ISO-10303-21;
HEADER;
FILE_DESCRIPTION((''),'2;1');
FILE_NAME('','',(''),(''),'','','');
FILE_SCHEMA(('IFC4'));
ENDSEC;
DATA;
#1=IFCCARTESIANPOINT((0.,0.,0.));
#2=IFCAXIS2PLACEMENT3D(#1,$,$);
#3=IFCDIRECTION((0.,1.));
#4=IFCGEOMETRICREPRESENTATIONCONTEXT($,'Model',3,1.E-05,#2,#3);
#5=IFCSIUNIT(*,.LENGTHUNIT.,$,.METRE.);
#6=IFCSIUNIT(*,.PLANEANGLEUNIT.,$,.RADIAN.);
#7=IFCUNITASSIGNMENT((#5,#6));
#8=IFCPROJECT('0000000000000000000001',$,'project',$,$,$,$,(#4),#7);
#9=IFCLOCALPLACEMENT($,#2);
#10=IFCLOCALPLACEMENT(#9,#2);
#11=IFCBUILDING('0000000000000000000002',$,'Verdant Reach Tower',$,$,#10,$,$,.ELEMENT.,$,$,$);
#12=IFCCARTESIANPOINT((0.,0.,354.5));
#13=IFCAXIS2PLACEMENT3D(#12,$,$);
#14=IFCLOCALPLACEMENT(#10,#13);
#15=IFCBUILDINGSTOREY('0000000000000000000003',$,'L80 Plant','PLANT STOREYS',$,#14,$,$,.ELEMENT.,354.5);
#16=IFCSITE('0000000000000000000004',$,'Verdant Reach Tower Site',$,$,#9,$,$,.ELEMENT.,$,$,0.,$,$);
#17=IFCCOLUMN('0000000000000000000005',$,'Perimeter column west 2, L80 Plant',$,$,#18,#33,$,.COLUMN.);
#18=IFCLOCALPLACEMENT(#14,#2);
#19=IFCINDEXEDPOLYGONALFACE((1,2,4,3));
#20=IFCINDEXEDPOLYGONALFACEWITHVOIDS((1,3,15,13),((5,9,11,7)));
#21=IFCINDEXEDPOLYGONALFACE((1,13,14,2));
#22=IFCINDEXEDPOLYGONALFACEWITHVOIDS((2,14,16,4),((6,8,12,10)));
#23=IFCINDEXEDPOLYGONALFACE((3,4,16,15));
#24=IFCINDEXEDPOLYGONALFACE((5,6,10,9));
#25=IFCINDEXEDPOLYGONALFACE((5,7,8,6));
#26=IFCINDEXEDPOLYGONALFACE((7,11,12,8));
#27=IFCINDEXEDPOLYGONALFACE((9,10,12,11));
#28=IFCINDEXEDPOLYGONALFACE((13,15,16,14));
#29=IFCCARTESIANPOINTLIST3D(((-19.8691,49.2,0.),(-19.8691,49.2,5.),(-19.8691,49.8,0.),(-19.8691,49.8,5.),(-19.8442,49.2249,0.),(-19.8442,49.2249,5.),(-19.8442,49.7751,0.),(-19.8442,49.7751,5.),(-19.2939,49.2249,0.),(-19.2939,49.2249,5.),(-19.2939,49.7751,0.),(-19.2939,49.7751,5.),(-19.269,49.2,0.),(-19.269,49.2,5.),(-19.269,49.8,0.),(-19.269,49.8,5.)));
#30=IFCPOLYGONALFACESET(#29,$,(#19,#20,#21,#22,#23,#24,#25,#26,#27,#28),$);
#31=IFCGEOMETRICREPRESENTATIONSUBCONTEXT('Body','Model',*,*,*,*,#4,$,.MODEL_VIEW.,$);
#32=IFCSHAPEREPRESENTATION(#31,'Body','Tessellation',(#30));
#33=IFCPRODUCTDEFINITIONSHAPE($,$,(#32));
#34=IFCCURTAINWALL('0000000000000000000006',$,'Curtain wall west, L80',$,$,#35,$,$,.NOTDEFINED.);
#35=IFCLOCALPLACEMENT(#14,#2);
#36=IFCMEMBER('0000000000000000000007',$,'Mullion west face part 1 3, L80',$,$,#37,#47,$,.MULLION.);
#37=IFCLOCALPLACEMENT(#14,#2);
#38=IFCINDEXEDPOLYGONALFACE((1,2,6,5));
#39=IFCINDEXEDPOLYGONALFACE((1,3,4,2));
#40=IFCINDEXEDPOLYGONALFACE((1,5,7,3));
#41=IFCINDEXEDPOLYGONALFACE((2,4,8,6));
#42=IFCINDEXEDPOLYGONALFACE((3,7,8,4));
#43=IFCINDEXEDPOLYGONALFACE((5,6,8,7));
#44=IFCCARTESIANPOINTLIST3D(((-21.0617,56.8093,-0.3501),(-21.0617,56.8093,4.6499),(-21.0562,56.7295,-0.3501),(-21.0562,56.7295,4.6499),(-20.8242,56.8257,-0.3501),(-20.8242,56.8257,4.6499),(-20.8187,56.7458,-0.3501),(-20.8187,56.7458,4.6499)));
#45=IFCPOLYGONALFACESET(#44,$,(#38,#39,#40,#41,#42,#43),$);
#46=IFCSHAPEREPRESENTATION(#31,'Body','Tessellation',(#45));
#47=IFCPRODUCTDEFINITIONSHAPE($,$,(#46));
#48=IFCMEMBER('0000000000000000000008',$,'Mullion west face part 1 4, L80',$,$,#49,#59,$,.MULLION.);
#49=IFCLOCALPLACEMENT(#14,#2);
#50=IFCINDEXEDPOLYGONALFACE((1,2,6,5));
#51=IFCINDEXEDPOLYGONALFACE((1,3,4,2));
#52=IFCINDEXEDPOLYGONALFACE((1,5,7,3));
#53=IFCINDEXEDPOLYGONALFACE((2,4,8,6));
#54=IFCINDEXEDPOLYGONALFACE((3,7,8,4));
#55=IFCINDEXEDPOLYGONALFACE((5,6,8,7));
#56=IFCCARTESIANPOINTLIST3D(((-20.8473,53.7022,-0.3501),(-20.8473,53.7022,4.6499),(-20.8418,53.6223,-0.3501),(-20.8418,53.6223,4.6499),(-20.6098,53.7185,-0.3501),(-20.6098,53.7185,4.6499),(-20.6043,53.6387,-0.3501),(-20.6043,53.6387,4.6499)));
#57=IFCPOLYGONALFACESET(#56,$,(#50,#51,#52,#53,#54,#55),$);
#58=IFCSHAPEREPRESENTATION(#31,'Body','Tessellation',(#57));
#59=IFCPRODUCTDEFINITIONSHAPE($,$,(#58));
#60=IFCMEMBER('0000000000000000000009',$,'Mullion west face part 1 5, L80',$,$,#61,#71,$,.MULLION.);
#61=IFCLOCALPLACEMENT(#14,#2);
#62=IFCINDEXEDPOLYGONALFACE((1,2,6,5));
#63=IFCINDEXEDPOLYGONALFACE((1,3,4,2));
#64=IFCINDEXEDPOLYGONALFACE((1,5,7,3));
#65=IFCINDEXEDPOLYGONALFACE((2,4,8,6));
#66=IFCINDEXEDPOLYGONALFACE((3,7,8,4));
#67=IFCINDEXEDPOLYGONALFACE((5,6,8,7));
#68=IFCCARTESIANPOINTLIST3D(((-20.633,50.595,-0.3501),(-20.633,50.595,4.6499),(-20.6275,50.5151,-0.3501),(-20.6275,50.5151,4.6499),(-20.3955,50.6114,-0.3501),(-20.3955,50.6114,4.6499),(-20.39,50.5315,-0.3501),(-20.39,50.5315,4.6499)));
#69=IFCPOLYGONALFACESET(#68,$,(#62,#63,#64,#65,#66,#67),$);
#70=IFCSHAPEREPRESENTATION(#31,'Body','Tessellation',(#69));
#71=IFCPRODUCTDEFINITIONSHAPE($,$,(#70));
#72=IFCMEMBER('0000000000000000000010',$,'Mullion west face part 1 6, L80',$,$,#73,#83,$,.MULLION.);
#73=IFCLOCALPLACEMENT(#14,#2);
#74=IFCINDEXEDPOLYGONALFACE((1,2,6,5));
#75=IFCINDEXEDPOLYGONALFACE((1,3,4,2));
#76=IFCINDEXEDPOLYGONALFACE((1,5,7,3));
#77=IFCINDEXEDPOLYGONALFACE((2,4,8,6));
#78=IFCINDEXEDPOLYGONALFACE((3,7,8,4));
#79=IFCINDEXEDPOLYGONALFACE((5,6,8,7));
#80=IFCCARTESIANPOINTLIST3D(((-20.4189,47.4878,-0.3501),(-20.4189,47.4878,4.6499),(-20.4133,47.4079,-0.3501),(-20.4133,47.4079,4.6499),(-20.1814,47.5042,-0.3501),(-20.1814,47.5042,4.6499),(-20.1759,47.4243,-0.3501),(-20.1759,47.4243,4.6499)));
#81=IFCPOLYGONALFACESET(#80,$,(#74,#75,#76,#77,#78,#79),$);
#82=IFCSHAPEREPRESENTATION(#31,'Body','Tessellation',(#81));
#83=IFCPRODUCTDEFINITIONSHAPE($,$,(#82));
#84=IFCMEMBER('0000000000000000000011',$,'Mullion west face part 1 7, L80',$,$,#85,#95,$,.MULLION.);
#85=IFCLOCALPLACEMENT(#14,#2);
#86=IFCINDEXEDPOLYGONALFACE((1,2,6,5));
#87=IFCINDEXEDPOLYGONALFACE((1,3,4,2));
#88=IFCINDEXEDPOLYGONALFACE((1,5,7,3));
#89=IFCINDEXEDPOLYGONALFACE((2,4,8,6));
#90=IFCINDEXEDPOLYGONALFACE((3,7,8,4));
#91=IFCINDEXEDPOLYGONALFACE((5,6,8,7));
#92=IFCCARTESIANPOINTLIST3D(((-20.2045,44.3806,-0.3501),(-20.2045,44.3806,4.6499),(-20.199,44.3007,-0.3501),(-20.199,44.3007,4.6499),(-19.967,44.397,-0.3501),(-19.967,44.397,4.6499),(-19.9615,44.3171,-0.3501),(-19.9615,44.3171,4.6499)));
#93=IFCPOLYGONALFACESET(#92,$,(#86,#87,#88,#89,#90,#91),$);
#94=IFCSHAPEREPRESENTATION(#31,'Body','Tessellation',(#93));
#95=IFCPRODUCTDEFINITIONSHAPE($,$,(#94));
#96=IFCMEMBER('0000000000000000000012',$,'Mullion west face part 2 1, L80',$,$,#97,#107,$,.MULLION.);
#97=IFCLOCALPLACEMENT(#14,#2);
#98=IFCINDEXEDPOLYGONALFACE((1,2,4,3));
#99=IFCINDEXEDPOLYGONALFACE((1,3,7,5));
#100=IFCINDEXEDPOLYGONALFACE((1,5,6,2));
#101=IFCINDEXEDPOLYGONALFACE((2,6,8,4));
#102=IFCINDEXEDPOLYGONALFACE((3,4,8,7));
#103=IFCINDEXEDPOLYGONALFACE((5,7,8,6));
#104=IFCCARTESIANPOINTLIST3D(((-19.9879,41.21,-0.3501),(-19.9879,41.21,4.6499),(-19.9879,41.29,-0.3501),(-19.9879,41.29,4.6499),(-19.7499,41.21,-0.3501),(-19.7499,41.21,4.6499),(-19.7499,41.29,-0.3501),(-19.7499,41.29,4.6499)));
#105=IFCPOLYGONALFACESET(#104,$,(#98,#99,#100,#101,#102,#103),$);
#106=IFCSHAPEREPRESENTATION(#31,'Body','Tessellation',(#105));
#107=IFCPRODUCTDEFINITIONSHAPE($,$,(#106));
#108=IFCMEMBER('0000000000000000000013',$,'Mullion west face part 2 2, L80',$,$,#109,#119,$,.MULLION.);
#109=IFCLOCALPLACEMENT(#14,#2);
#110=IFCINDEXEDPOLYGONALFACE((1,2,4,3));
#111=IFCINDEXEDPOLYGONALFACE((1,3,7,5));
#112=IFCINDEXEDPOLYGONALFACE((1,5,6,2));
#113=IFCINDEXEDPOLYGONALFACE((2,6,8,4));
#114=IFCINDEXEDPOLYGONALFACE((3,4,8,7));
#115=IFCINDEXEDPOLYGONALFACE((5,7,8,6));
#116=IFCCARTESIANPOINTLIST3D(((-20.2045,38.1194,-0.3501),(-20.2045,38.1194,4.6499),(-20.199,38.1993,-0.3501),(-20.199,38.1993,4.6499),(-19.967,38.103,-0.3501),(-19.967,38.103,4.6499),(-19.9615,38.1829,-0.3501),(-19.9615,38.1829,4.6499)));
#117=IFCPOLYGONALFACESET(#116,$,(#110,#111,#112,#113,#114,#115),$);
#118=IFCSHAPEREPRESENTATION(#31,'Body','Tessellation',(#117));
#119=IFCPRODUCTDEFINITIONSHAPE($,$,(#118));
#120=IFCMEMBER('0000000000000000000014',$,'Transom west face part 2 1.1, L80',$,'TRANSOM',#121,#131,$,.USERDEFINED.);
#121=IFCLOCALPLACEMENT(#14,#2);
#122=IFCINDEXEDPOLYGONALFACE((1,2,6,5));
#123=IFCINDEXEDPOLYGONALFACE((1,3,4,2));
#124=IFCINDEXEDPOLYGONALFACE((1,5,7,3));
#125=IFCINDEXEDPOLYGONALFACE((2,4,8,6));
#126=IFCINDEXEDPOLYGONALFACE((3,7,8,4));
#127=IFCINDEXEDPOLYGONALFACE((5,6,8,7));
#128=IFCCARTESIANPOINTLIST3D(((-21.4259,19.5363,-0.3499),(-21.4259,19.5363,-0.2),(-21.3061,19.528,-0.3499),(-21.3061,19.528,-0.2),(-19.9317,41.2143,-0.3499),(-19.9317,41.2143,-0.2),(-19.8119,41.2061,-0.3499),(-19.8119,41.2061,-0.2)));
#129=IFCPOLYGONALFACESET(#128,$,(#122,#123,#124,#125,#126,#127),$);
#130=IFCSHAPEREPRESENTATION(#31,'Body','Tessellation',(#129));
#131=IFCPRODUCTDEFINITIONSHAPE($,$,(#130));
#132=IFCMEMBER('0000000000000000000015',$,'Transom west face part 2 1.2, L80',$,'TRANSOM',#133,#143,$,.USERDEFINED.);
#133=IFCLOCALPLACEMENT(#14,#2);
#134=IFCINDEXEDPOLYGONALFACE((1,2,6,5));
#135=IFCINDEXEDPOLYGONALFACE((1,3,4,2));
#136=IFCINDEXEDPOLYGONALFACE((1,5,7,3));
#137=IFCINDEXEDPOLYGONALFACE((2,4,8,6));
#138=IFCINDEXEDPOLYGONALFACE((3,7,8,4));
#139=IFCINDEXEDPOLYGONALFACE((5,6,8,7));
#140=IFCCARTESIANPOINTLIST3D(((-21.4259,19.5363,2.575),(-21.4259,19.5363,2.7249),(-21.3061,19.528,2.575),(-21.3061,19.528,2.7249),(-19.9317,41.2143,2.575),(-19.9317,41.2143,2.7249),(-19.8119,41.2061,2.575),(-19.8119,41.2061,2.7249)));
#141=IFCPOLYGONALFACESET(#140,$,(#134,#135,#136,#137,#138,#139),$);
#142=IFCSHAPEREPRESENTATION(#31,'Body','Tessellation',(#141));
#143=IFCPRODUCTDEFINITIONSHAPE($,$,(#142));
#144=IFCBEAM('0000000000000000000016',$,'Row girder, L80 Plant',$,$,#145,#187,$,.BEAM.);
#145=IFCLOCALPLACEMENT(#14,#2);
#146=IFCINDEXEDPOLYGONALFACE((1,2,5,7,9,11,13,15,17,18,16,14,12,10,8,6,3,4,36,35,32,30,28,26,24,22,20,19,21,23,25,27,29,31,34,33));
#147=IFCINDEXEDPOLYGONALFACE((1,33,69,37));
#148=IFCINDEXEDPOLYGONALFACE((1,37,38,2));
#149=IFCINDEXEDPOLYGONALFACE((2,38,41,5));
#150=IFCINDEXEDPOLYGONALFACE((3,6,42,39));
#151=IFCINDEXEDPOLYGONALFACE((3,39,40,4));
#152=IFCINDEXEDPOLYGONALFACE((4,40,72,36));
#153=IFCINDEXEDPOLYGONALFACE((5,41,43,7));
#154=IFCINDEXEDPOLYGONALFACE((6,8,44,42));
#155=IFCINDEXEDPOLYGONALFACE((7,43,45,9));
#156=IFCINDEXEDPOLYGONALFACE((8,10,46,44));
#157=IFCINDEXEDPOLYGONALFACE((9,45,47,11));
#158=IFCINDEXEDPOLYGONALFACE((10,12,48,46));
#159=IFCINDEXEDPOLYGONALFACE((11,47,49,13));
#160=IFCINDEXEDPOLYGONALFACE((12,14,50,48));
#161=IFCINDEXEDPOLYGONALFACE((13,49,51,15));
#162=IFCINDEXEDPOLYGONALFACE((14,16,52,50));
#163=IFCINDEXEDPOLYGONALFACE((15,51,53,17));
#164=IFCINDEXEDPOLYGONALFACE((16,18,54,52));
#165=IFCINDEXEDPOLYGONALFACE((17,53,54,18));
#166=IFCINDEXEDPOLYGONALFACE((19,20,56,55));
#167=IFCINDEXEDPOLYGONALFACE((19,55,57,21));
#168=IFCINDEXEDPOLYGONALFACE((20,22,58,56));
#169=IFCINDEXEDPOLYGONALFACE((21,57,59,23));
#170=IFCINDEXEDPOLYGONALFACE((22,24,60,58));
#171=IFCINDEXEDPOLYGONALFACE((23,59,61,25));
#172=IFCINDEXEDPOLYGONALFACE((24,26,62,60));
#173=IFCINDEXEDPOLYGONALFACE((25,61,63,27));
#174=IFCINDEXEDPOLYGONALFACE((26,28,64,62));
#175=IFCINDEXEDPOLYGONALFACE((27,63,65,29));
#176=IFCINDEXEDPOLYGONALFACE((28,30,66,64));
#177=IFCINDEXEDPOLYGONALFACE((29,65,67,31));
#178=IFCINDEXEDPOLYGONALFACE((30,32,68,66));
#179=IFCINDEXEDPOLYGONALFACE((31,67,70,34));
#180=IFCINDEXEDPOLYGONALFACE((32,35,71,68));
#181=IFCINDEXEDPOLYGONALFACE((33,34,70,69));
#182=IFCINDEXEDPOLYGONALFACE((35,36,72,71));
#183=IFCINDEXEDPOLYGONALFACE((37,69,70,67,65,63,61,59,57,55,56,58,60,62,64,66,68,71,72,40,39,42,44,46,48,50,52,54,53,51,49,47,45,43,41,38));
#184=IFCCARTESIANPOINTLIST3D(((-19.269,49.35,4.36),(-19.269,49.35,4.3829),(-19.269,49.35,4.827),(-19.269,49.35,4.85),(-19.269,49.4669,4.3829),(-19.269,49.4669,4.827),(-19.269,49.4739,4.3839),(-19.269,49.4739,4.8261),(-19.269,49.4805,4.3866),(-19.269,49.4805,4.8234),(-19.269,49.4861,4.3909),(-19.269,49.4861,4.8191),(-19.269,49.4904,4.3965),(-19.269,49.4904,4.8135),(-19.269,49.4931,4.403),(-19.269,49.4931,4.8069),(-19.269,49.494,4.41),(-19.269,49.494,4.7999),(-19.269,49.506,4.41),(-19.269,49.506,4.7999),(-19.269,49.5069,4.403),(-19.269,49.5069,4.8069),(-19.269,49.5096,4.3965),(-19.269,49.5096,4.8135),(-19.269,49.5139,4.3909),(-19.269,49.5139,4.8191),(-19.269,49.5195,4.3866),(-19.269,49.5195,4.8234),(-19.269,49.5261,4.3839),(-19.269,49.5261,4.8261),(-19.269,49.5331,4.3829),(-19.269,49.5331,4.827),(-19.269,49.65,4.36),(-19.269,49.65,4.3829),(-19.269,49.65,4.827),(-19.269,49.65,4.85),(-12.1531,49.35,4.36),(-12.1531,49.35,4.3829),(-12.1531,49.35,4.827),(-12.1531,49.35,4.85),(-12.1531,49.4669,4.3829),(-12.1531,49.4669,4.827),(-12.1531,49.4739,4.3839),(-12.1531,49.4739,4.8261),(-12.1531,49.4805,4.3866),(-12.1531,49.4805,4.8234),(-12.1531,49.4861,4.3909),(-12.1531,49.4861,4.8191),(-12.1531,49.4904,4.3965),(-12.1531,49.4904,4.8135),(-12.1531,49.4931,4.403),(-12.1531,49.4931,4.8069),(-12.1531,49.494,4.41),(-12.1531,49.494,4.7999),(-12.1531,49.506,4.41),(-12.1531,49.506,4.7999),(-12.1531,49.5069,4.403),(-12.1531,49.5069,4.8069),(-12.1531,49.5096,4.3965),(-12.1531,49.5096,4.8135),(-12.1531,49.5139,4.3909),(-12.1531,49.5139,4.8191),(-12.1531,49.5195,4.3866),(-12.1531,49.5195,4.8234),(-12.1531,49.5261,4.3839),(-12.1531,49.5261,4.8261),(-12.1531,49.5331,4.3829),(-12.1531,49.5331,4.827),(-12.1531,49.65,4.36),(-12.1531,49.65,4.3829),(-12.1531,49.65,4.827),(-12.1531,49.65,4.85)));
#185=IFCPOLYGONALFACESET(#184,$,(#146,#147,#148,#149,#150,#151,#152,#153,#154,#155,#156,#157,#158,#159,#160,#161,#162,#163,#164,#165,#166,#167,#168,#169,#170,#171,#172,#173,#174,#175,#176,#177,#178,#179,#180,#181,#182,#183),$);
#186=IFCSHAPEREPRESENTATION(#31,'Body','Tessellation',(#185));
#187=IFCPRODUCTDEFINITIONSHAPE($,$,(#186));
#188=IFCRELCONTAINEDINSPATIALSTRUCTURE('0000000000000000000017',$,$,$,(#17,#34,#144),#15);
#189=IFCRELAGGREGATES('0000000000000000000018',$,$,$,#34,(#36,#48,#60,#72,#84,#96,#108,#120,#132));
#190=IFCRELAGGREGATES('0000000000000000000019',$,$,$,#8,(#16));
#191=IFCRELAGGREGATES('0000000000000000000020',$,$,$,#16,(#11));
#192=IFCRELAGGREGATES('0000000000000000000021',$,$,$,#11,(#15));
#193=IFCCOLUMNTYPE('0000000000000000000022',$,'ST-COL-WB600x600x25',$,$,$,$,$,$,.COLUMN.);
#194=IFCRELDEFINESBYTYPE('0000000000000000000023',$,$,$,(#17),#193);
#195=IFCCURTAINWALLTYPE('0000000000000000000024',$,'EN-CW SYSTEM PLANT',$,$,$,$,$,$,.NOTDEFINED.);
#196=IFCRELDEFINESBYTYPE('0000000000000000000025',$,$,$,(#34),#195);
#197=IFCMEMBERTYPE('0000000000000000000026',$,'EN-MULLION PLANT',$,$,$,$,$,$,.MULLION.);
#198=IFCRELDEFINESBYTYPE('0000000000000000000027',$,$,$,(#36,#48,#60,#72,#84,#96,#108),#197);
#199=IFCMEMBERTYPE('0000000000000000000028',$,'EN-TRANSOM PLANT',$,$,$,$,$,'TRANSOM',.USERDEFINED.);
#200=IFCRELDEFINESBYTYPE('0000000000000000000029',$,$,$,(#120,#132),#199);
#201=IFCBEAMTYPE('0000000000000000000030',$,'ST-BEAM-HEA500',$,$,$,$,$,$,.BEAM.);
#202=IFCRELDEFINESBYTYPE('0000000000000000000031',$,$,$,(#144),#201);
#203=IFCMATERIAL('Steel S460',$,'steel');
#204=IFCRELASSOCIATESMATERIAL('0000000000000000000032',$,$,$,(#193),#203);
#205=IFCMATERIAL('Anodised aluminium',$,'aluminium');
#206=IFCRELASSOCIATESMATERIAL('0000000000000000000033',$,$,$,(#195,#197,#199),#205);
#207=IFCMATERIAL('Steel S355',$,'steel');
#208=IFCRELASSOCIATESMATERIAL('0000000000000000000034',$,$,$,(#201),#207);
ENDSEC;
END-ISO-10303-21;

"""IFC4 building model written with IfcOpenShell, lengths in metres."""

from ifc_helpers import new_model, si_unit, direction, frame, origin, origin_2d, place, context, subcontext, project, spatial, rectangle, hollow_rectangle, i_section, extrude, material, material_profile, profile_set, type_object, element, aggregate, save


model = new_model("IFC4")

# Units and contexts
model_context = context("Model", 3, precision=1e-05, world=origin(), true_north=direction((0.0, 1.0)))
body_context = subcontext(model_context, "Body", "Model", "MODEL_VIEW")
ifc_project = project(units=[si_unit("LENGTHUNIT", "METRE"), si_unit("PLANEANGLEUNIT", "RADIAN")], contexts=[model_context])

# Site, building, storey
site_placement = place(None, origin())
site = spatial("IfcSite", under=ifc_project, at=site_placement, Name="Verdant Reach Tower Site", CompositionType="ELEMENT", RefElevation=0.0)
building_placement = place(site_placement, origin())
building = spatial("IfcBuilding", under=site, at=building_placement, Name="Verdant Reach Tower", CompositionType="ELEMENT")
storey_placement = place(building_placement, frame((0.0, 0.0, 354.5)))
storey = spatial("IfcBuildingStorey", under=building, at=storey_placement, Name="L80 Plant", Description="PLANT STOREYS", CompositionType="ELEMENT", Elevation=354.5)

# Column
ifc_material_1 = material(Name="Steel S460", Category="steel")
ifc_material_profile_1 = material_profile(ifc_material_1, hollow_rectangle(XDim=0.6001, YDim=0.6001, WallThickness=0.0249, at=origin_2d()), Name="WB 600x600x25")
ifc_profile_set_1 = profile_set([ifc_material_profile_1], Name="Steel S460")
column_type = type_object("IfcColumnType", Name="ST-COL-WB600x600x25", PredefinedType="COLUMN", material=ifc_profile_set_1)
column_placement = place(storey_placement, frame((-19.5691, 49.5, 0.0), z_axis=(0.0, 0.0, 1.0), x_axis=(1.0, 0.0, 0.0)))
element("IfcColumn", 1, at=column_placement, inside=storey, type_object=column_type, Name="Perimeter column west 2, L80 Plant", PredefinedType="COLUMN", context=body_context, shape_type="SweptSolid", body=[
    extrude(hollow_rectangle(XDim=0.6001, YDim=0.6001, WallThickness=0.0249, at=origin_2d()), origin(), (0.0, 0.0, 1.0), 5.0),
])

# Curtain wall, members
ifc_material_2 = material(Name="Anodised aluminium", Category="aluminium")
curtain_wall_type = type_object("IfcCurtainWallType", Name="EN-CW SYSTEM PLANT", PredefinedType="NOTDEFINED", material=ifc_material_2)
curtain_wall_placement = place(storey_placement, origin())
curtain_wall = element("IfcCurtainWall", 2, at=curtain_wall_placement, inside=storey, type_object=curtain_wall_type, Name="Curtain wall west, L80", PredefinedType="NOTDEFINED")
ifc_material_profile_2 = material_profile(ifc_material_2, rectangle(XDim=0.238, YDim=0.0801, at=origin_2d()), Name="Mullion 80x240")
ifc_profile_set_2 = profile_set([ifc_material_profile_2], Name="Anodised aluminium")
member_type_1 = type_object("IfcMemberType", Name="EN-MULLION PLANT", PredefinedType="MULLION", material=ifc_profile_set_2)
member_1_placement = place(storey_placement, frame((-20.9402, 56.7776, -0.3501), z_axis=(0.0, 0.0, 1.0), x_axis=(-0.99763, -0.068802, 0.0)))
member_1 = element("IfcMember", 3, at=member_1_placement, type_object=member_type_1, Name="Mullion west face part 1 3, L80", PredefinedType="MULLION", context=body_context, shape_type="SweptSolid", body=[
    extrude(rectangle(XDim=0.238, YDim=0.0801, at=origin_2d()), origin(), (0.0, 0.0, 1.0), 5.0),
])
member_2_placement = place(storey_placement, frame((-20.7258, 53.6704, -0.3501), z_axis=(0.0, 0.0, 1.0), x_axis=(-0.99763, -0.068802, 0.0)))
member_2 = element("IfcMember", 4, at=member_2_placement, type_object=member_type_1, Name="Mullion west face part 1 4, L80", PredefinedType="MULLION", context=body_context, shape_type="SweptSolid", body=[
    extrude(rectangle(XDim=0.238, YDim=0.0801, at=origin_2d()), origin(), (0.0, 0.0, 1.0), 5.0),
])
member_3_placement = place(storey_placement, frame((-20.5115, 50.5632, -0.3501), z_axis=(0.0, 0.0, 1.0), x_axis=(-0.99763, -0.068802, 0.0)))
member_3 = element("IfcMember", 5, at=member_3_placement, type_object=member_type_1, Name="Mullion west face part 1 5, L80", PredefinedType="MULLION", context=body_context, shape_type="SweptSolid", body=[
    extrude(rectangle(XDim=0.238, YDim=0.0801, at=origin_2d()), origin(), (0.0, 0.0, 1.0), 5.0),
])
member_4_placement = place(storey_placement, frame((-20.2974, 47.4561, -0.3501), z_axis=(0.0, 0.0, 1.0), x_axis=(-0.99763, -0.068802, 0.0)))
member_4 = element("IfcMember", 6, at=member_4_placement, type_object=member_type_1, Name="Mullion west face part 1 6, L80", PredefinedType="MULLION", context=body_context, shape_type="SweptSolid", body=[
    extrude(rectangle(XDim=0.238, YDim=0.0801, at=origin_2d()), origin(), (0.0, 0.0, 1.0), 5.0),
])
member_5_placement = place(storey_placement, frame((-20.083, 44.3489, -0.3501), z_axis=(0.0, 0.0, 1.0), x_axis=(-0.99763, -0.068802, 0.0)))
member_5 = element("IfcMember", 7, at=member_5_placement, type_object=member_type_1, Name="Mullion west face part 1 7, L80", PredefinedType="MULLION", context=body_context, shape_type="SweptSolid", body=[
    extrude(rectangle(XDim=0.238, YDim=0.0801, at=origin_2d()), origin(), (0.0, 0.0, 1.0), 5.0),
])
member_6_placement = place(storey_placement, frame((-19.8689, 41.25, -0.3501), z_axis=(0.0, 0.0, 1.0), x_axis=(-1.0, 0.0, 0.0)))
member_6 = element("IfcMember", 8, at=member_6_placement, type_object=member_type_1, Name="Mullion west face part 2 1, L80", PredefinedType="MULLION", context=body_context, shape_type="SweptSolid", body=[
    extrude(rectangle(XDim=0.238, YDim=0.0801, at=origin_2d()), origin(), (0.0, 0.0, 1.0), 5.0),
])
member_7_placement = place(storey_placement, frame((-20.083, 38.1511, -0.3501), z_axis=(0.0, 0.0, 1.0), x_axis=(-0.99763, 0.068802, 0.0)))
member_7 = element("IfcMember", 9, at=member_7_placement, type_object=member_type_1, Name="Mullion west face part 2 2, L80", PredefinedType="MULLION", context=body_context, shape_type="SweptSolid", body=[
    extrude(rectangle(XDim=0.238, YDim=0.0801, at=origin_2d()), origin(), (0.0, 0.0, 1.0), 5.0),
])
ifc_material_profile_3 = material_profile(ifc_material_2, rectangle(XDim=0.1201, YDim=0.1499, at=origin_2d()), Name="Transom 150x120")
ifc_profile_set_3 = profile_set([ifc_material_profile_3], Name="Anodised aluminium")
member_type_2 = type_object("IfcMemberType", Name="EN-TRANSOM PLANT", ElementType="TRANSOM", PredefinedType="USERDEFINED", material=ifc_profile_set_3)
member_8_placement = place(storey_placement, frame((-19.8718, 41.2102, -0.2749), z_axis=(-0.068761, -0.997633, 0.0), x_axis=(0.997633, -0.068761, 0.0)))
member_8 = element("IfcMember", 10, at=member_8_placement, type_object=member_type_2, Name="Transom west face part 2 1.1, L80", ObjectType="TRANSOM", PredefinedType="USERDEFINED", context=body_context, shape_type="SweptSolid", body=[
    extrude(rectangle(XDim=0.1201, YDim=0.1499, at=origin_2d()), origin(), (0.0, 0.0, 1.0), 21.7295),
])
member_9_placement = place(storey_placement, frame((-19.8718, 41.2102, 2.6499), z_axis=(-0.068761, -0.997633, 0.0), x_axis=(0.997633, -0.068761, 0.0)))
member_9 = element("IfcMember", 11, at=member_9_placement, type_object=member_type_2, Name="Transom west face part 2 1.2, L80", ObjectType="TRANSOM", PredefinedType="USERDEFINED", context=body_context, shape_type="SweptSolid", body=[
    extrude(rectangle(XDim=0.1201, YDim=0.1499, at=origin_2d()), origin(), (0.0, 0.0, 1.0), 21.7295),
])

# Beam
ifc_material_3 = material(Name="Steel S355", Category="steel")
ifc_material_profile_4 = material_profile(ifc_material_3, i_section(OverallWidth=0.3, OverallDepth=0.49, WebThickness=0.012, FlangeThickness=0.0229, FilletRadius=0.0271, at=origin_2d()), Name="HEA 500")
ifc_profile_set_4 = profile_set([ifc_material_profile_4], Name="Steel S355")
beam_type = type_object("IfcBeamType", Name="ST-BEAM-HEA500", PredefinedType="BEAM", material=ifc_profile_set_4)
beam_placement = place(storey_placement, frame((-19.269, 49.5, 4.605), z_axis=(1.0, 0.0, 0.0), x_axis=(0.0, 1.0, 0.0)))
element("IfcBeam", 12, at=beam_placement, inside=storey, type_object=beam_type, Name="Row girder, L80 Plant", PredefinedType="BEAM", context=body_context, shape_type="SweptSolid", body=[
    extrude(i_section(OverallWidth=0.3, OverallDepth=0.49, WebThickness=0.012, FlangeThickness=0.0229, FilletRadius=0.0271, at=origin_2d()), origin(), (0.0, 0.0, 1.0), 7.116),
])

aggregate(curtain_wall, [member_1, member_2, member_3, member_4, member_5, member_6, member_7, member_8, member_9])

save(model, "model.ifc")
